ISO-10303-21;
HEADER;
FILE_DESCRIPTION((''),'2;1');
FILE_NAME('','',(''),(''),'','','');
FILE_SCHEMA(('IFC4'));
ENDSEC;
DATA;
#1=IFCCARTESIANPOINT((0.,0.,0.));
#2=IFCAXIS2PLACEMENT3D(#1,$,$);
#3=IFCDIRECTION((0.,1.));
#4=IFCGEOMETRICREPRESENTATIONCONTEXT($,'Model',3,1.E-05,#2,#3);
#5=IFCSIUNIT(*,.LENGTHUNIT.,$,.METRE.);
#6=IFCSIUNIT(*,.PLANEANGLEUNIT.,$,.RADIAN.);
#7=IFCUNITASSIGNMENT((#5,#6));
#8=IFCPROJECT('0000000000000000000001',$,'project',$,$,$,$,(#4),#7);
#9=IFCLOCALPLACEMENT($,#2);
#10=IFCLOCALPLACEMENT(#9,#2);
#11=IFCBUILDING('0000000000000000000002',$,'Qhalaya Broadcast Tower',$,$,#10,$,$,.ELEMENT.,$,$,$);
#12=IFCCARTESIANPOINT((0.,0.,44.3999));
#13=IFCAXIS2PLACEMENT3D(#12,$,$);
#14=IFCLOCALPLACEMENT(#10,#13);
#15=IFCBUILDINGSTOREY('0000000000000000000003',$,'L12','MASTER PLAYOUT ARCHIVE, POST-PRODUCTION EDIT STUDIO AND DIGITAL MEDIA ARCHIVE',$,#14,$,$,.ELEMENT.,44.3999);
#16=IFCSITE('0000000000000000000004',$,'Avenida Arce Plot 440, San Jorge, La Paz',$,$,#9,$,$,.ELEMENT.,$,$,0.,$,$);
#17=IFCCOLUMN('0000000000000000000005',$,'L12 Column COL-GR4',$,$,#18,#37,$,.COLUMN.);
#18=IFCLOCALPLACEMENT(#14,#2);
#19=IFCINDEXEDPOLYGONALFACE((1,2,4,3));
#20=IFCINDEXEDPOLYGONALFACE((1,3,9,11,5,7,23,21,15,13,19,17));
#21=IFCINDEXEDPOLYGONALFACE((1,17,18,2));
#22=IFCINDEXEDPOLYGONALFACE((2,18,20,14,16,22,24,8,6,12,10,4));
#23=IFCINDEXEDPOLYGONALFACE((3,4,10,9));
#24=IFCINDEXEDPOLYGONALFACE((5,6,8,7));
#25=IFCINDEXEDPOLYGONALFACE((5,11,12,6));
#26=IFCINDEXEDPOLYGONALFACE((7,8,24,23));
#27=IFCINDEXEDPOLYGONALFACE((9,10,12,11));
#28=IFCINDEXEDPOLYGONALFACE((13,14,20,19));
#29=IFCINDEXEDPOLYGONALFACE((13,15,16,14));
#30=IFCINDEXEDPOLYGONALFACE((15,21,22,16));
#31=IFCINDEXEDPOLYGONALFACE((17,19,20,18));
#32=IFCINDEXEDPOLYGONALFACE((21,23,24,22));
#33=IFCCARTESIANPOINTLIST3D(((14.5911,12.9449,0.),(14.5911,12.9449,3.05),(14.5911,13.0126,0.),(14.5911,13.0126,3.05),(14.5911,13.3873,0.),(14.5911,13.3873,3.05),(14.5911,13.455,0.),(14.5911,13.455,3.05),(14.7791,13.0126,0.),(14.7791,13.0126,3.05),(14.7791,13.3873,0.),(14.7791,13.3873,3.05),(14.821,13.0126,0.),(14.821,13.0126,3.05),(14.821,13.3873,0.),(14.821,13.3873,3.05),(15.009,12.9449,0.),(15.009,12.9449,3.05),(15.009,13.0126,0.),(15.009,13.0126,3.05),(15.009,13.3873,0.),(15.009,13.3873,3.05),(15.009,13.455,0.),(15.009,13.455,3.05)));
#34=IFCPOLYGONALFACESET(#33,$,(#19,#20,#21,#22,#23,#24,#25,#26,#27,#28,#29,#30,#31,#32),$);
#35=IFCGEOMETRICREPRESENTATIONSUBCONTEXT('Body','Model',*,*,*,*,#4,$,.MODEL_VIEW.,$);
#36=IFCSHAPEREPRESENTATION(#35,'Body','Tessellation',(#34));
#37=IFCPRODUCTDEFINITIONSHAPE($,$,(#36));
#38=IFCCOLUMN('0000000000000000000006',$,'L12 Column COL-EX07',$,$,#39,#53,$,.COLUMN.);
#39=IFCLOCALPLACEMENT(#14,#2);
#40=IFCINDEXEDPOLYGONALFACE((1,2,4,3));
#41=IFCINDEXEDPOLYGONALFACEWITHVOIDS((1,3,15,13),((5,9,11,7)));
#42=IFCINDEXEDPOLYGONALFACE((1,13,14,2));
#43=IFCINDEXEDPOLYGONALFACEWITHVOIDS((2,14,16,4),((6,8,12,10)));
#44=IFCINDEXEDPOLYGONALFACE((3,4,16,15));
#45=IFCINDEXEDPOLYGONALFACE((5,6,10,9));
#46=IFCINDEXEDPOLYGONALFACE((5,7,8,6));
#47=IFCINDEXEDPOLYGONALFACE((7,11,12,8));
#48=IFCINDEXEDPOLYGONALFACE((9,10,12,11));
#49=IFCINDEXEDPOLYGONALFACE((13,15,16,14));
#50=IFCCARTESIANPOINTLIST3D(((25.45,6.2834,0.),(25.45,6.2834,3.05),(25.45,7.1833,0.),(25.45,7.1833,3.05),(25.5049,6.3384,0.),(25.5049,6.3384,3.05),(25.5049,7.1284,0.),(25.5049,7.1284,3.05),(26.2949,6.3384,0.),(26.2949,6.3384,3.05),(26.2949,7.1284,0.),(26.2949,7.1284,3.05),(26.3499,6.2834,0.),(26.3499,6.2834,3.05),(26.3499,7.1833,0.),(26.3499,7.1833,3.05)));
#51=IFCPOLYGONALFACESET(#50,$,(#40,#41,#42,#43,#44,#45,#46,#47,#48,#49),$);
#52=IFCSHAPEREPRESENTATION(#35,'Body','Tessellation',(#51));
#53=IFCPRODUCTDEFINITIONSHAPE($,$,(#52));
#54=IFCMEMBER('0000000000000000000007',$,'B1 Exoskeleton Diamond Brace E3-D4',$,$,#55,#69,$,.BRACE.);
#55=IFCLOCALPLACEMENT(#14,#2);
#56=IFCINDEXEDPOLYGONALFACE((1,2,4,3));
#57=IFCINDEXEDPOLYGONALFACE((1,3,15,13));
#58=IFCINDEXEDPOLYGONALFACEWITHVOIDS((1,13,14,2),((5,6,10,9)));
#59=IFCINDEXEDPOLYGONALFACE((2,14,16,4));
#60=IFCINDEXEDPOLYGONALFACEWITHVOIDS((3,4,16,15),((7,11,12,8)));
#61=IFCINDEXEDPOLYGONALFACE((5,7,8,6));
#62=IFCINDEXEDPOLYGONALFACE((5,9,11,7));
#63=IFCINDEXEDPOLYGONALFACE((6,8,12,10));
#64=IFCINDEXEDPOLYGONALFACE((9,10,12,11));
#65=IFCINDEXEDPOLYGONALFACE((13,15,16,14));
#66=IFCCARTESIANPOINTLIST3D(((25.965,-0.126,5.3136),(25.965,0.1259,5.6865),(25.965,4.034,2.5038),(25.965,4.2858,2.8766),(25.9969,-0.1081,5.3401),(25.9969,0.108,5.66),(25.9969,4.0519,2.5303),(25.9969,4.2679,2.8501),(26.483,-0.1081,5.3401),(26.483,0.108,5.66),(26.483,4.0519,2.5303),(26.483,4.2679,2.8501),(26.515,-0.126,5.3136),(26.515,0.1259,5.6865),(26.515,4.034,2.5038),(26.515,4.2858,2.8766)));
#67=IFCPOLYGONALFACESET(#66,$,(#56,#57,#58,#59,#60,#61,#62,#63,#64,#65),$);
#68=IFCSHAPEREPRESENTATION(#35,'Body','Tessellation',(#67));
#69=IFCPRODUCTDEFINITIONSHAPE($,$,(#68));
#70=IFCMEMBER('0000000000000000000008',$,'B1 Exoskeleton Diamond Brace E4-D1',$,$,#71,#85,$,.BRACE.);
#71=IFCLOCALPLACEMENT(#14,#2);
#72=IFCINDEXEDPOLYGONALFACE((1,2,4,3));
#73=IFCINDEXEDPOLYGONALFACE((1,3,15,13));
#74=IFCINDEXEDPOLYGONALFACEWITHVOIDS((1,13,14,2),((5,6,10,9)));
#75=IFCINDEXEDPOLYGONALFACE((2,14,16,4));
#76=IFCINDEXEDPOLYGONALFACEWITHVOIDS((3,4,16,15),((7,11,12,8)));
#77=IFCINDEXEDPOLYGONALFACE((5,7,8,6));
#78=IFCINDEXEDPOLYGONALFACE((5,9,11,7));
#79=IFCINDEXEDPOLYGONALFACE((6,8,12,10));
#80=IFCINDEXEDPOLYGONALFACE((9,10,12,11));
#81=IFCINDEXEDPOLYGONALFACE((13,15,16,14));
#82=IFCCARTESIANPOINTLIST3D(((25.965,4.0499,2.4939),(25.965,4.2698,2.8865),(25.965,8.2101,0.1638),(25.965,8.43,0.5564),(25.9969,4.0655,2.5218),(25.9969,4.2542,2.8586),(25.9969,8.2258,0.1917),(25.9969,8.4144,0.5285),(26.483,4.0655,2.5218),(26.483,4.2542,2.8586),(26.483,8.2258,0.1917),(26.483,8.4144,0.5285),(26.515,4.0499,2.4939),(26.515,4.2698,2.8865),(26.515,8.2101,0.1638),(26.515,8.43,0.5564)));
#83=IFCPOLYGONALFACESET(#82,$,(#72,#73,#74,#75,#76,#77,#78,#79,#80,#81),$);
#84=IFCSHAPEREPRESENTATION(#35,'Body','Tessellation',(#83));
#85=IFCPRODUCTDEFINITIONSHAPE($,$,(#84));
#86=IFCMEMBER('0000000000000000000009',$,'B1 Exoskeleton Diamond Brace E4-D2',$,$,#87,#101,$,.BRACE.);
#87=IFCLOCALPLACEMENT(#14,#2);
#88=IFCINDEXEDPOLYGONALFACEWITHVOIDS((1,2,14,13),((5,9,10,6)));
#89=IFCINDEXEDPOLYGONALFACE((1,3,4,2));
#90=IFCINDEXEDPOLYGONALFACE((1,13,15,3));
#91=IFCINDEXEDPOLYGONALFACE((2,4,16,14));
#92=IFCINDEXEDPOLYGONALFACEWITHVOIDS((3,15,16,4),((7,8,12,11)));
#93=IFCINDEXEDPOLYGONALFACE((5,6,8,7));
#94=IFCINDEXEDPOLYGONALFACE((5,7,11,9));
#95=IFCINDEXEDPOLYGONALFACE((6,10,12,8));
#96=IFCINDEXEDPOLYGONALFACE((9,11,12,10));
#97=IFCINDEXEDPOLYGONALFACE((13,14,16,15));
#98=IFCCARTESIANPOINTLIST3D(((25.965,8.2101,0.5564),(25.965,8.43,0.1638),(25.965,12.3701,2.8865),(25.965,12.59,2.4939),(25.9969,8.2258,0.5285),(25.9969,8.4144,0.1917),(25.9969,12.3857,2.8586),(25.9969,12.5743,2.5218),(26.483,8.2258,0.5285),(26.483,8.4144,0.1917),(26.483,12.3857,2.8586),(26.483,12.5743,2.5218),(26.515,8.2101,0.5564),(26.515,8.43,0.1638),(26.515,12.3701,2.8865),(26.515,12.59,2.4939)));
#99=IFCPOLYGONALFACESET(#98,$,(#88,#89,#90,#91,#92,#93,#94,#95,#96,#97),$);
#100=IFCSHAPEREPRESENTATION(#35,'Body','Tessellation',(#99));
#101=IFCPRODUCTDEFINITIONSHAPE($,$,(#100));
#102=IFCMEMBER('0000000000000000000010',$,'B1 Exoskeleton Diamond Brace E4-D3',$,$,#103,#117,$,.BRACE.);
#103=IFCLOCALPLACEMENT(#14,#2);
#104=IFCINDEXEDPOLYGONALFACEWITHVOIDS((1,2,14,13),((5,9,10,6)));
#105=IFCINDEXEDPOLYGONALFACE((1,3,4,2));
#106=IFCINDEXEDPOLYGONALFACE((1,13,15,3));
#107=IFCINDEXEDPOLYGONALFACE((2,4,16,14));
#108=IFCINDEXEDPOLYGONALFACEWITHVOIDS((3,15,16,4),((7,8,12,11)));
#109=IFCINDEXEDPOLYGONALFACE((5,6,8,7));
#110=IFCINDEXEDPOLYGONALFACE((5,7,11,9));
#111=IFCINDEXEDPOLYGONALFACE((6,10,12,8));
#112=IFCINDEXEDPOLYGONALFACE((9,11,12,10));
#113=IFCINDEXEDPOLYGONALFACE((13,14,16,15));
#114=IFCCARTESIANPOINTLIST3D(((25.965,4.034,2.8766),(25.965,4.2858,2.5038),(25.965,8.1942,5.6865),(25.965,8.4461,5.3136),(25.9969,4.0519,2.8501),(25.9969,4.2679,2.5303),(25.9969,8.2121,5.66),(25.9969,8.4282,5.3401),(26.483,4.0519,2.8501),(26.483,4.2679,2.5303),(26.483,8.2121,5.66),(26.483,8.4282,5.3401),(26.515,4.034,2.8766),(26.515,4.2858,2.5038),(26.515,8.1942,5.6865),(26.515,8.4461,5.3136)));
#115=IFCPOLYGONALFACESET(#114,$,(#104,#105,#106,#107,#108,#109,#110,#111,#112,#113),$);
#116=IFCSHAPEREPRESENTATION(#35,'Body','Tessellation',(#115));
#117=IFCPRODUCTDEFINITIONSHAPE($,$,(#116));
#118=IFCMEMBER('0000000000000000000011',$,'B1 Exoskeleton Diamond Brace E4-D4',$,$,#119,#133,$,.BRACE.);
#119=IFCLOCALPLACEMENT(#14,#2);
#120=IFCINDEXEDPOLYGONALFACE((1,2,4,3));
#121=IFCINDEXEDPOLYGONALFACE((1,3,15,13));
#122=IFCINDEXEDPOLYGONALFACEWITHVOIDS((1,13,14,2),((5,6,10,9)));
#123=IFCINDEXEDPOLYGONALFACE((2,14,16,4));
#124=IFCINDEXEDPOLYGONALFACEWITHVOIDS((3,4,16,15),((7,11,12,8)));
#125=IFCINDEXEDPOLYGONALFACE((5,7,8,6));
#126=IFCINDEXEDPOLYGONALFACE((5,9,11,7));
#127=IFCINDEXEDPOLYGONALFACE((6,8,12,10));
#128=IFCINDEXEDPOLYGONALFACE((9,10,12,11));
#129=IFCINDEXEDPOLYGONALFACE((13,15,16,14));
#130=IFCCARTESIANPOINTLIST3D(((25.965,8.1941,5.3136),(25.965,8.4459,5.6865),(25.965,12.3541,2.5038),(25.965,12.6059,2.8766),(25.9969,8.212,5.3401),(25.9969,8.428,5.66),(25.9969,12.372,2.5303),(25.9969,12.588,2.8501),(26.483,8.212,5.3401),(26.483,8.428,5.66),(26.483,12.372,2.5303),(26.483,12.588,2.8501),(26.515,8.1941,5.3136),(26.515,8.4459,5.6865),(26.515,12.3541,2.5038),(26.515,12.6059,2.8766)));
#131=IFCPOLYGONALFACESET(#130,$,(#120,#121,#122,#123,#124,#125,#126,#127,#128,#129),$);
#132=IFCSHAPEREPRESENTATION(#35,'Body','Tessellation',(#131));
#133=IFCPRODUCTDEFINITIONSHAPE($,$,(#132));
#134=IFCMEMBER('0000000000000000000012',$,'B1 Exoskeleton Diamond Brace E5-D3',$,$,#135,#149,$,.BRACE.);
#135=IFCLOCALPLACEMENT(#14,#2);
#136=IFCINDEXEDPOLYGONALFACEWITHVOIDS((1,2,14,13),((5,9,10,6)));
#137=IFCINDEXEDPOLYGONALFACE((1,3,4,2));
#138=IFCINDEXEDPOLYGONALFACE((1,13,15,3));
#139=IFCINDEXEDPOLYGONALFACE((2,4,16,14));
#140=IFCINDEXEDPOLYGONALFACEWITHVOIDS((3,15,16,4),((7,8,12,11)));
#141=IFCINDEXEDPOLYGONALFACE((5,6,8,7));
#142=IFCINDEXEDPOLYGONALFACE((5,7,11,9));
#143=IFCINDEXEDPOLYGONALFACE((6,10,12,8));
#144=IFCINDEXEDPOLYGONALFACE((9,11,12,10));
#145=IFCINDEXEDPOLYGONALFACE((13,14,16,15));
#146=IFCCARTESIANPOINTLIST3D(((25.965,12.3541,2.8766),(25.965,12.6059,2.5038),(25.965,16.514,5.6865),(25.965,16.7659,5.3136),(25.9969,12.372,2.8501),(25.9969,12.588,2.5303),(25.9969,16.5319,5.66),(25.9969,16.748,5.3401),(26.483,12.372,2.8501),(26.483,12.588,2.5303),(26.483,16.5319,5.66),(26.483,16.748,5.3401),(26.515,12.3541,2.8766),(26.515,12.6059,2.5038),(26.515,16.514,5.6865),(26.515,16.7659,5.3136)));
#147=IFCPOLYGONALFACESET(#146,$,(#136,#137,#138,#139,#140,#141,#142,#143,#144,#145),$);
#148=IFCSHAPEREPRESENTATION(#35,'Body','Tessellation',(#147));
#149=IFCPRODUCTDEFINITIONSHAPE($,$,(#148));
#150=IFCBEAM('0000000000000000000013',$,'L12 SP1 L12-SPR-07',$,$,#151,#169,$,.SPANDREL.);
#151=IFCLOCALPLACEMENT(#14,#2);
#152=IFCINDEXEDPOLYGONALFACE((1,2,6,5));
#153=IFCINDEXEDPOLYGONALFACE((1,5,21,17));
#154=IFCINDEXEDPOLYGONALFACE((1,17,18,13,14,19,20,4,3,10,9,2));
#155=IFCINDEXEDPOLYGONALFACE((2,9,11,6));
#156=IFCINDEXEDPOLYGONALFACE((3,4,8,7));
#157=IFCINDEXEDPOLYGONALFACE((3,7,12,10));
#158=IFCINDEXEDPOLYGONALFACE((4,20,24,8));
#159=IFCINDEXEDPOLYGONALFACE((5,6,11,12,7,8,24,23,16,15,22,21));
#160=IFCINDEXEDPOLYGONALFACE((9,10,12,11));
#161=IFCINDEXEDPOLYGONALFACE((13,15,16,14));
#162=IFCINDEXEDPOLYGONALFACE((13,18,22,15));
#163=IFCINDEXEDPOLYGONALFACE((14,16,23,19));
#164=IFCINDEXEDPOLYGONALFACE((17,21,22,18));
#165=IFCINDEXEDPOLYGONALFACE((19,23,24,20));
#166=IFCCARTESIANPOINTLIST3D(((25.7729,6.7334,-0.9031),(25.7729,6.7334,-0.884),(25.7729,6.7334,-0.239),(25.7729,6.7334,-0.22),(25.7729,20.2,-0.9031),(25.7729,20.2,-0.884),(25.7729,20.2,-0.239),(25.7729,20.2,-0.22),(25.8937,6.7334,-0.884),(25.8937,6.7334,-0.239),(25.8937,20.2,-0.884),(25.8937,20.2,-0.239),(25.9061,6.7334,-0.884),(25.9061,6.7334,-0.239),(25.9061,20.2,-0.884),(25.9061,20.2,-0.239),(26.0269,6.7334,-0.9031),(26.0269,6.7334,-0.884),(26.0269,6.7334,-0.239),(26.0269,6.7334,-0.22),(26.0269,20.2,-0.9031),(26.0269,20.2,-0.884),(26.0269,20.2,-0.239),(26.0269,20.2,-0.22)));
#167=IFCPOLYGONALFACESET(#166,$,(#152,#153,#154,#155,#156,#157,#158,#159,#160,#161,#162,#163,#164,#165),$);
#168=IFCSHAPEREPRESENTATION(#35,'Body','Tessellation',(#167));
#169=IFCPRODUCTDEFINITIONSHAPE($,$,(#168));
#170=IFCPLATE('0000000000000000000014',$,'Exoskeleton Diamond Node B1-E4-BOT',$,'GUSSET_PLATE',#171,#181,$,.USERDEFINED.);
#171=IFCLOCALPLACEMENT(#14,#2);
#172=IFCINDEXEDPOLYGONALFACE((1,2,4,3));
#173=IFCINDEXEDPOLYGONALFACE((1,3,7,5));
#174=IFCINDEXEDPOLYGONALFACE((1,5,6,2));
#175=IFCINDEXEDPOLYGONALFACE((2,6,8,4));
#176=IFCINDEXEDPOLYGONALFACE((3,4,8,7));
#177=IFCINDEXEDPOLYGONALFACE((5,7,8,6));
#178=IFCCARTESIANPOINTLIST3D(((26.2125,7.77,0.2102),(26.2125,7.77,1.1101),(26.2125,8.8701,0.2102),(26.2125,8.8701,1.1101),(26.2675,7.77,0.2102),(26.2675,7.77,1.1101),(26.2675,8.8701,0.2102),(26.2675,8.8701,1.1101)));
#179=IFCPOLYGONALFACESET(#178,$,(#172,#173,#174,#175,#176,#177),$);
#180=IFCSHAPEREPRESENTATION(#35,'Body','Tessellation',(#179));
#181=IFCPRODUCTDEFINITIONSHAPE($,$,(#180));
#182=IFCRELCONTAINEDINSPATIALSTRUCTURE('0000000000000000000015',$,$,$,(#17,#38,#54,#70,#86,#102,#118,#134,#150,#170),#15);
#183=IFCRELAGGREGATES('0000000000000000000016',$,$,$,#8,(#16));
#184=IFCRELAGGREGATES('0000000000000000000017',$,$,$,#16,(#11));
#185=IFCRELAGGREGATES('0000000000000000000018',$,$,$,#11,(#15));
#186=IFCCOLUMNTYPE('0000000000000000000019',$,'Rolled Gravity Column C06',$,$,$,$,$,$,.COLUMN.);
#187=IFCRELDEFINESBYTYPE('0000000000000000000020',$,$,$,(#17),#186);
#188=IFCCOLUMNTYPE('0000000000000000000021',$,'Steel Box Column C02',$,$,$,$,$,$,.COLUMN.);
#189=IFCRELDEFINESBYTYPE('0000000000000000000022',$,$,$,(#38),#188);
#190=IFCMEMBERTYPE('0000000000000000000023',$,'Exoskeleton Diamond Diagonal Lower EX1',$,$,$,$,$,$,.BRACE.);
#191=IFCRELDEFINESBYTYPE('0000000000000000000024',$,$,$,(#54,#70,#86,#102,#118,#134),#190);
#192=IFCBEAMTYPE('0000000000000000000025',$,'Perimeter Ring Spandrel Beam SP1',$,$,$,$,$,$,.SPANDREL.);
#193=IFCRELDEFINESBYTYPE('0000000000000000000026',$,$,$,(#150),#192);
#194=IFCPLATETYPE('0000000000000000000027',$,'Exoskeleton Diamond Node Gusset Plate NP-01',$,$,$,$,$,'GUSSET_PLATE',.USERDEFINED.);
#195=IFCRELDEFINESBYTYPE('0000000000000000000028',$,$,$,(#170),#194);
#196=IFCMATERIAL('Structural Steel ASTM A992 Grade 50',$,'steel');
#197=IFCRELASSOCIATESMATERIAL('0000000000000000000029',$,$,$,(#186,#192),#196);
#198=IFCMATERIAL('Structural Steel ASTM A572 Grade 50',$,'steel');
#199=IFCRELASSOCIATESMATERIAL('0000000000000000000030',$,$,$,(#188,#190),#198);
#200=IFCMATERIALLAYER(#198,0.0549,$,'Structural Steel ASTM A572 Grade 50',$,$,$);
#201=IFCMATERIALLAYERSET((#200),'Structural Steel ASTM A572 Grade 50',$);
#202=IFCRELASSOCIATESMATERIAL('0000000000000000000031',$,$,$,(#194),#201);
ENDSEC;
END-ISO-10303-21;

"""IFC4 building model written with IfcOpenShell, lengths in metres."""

from ifc_helpers import new_model, si_unit, direction, frame, origin, origin_2d, place, context, subcontext, project, spatial, rectangle, hollow_rectangle, i_section, extrude, material, layer, layer_set, material_profile, profile_set, type_object, element, save


model = new_model("IFC4")

# Units and contexts
model_context = context("Model", 3, precision=1e-05, world=origin(), true_north=direction((0.0, 1.0)))
body_context = subcontext(model_context, "Body", "Model", "MODEL_VIEW")
ifc_project = project(units=[si_unit("LENGTHUNIT", "METRE"), si_unit("PLANEANGLEUNIT", "RADIAN")], contexts=[model_context])

# Site, building, storey
site_placement = place(None, origin())
site = spatial("IfcSite", under=ifc_project, at=site_placement, Name="Avenida Arce Plot 440, San Jorge, La Paz", CompositionType="ELEMENT", RefElevation=0.0)
building_placement = place(site_placement, origin())
building = spatial("IfcBuilding", under=site, at=building_placement, Name="Qhalaya Broadcast Tower", CompositionType="ELEMENT")
storey_placement = place(building_placement, frame((0.0, 0.0, 44.3999)))
storey = spatial("IfcBuildingStorey", under=building, at=storey_placement, Name="L12", Description="MASTER PLAYOUT ARCHIVE, POST-PRODUCTION EDIT STUDIO AND DIGITAL MEDIA ARCHIVE", CompositionType="ELEMENT", Elevation=44.3999)

# Columns
ifc_material_1 = material(Name="Structural Steel ASTM A992 Grade 50", Category="steel")
ifc_material_profile_1 = material_profile(ifc_material_1, i_section(OverallWidth=0.418, OverallDepth=0.51, WebThickness=0.042, FlangeThickness=0.0676, at=origin_2d()), Name="W14X370")
ifc_profile_set_1 = profile_set([ifc_material_profile_1], Name="Structural Steel ASTM A992 Grade 50")
column_type_1 = type_object("IfcColumnType", Name="Rolled Gravity Column C06", PredefinedType="COLUMN", material=ifc_profile_set_1)
column_1_placement = place(storey_placement, frame((14.8, 13.2, 0.0), z_axis=(0.0, 0.0, 1.0), x_axis=(1.0, 0.0, 0.0)))
element("IfcColumn", 1, at=column_1_placement, inside=storey, type_object=column_type_1, Name="L12 Column COL-GR4", PredefinedType="COLUMN", context=body_context, shape_type="SweptSolid", body=[
    extrude(i_section(OverallWidth=0.418, OverallDepth=0.51, WebThickness=0.042, FlangeThickness=0.0676, at=origin_2d()), origin(), (0.0, 0.0, 1.0), 3.05),
])
ifc_material_2 = material(Name="Structural Steel ASTM A572 Grade 50", Category="steel")
ifc_material_profile_2 = material_profile(ifc_material_2, hollow_rectangle(XDim=0.8999, YDim=0.8999, WallThickness=0.0549, at=origin_2d()), Name="BOX 900x900x55")
ifc_profile_set_2 = profile_set([ifc_material_profile_2], Name="Structural Steel ASTM A572 Grade 50")
column_type_2 = type_object("IfcColumnType", Name="Steel Box Column C02", PredefinedType="COLUMN", material=ifc_profile_set_2)
column_2_placement = place(storey_placement, frame((25.8999, 6.7334, 0.0), z_axis=(0.0, 0.0, 1.0), x_axis=(0.0, 1.0, 0.0)))
element("IfcColumn", 2, at=column_2_placement, inside=storey, type_object=column_type_2, Name="L12 Column COL-EX07", PredefinedType="COLUMN", context=body_context, shape_type="SweptSolid", body=[
    extrude(hollow_rectangle(XDim=0.8999, YDim=0.8999, WallThickness=0.0549, at=origin_2d()), origin(), (0.0, 0.0, 1.0), 3.05),
])

# Members
ifc_material_profile_3 = material_profile(ifc_material_2, hollow_rectangle(XDim=0.45, YDim=0.55, WallThickness=0.032, at=origin_2d()), Name="BOX 450x550x32")
ifc_profile_set_3 = profile_set([ifc_material_profile_3], Name="Structural Steel ASTM A572 Grade 50")
member_type = type_object("IfcMemberType", Name="Exoskeleton Diamond Diagonal Lower EX1", PredefinedType="BRACE", material=ifc_profile_set_3)
member_1_placement = place(storey_placement, frame((26.24, 4.1599, 2.6902), z_axis=(0.0, -0.828676, 0.559729), x_axis=(0.0, 0.559729, 0.828676)))
element("IfcMember", 3, at=member_1_placement, inside=storey, type_object=member_type, Name="B1 Exoskeleton Diamond Brace E3-D4", PredefinedType="BRACE", context=body_context, shape_type="SweptSolid", body=[
    extrude(hollow_rectangle(XDim=0.45, YDim=0.55, WallThickness=0.032, at=origin_2d()), origin(), (0.0, 0.0, 1.0), 5.02),
])
member_2_placement = place(storey_placement, frame((26.24, 8.3201, 0.3601), z_axis=(0.0, -0.872471, 0.488666), x_axis=(0.0, 0.488666, 0.872471)))
element("IfcMember", 4, at=member_2_placement, inside=storey, type_object=member_type, Name="B1 Exoskeleton Diamond Brace E4-D1", PredefinedType="BRACE", context=body_context, shape_type="SweptSolid", body=[
    extrude(hollow_rectangle(XDim=0.45, YDim=0.55, WallThickness=0.032, at=origin_2d()), origin(), (0.0, 0.0, 1.0), 4.7683),
])
member_3_placement = place(storey_placement, frame((26.24, 8.3201, 0.3601), z_axis=(0.0, 0.872459, 0.488688), x_axis=(0.0, -0.488688, 0.872459)))
element("IfcMember", 5, at=member_3_placement, inside=storey, type_object=member_type, Name="B1 Exoskeleton Diamond Brace E4-D2", PredefinedType="BRACE", context=body_context, shape_type="SweptSolid", body=[
    extrude(hollow_rectangle(XDim=0.45, YDim=0.55, WallThickness=0.032, at=origin_2d()), origin(), (0.0, 0.0, 1.0), 4.7681),
])
member_4_placement = place(storey_placement, frame((26.24, 4.1599, 2.6902), z_axis=(0.0, 0.828691, 0.559707), x_axis=(0.0, -0.559707, 0.828691)))
element("IfcMember", 6, at=member_4_placement, inside=storey, type_object=member_type, Name="B1 Exoskeleton Diamond Brace E4-D3", PredefinedType="BRACE", context=body_context, shape_type="SweptSolid", body=[
    extrude(hollow_rectangle(XDim=0.45, YDim=0.55, WallThickness=0.032, at=origin_2d()), origin(), (0.0, 0.0, 1.0), 5.0203),
])
for number, where, z_axis, x_axis, name in (
    (7, (26.24, 12.48, 2.6902), (0.0, -0.828676, 0.559729), (0.0, 0.559729, 0.828676), "B1 Exoskeleton Diamond Brace E4-D4"),
    (8, (26.24, 12.48, 2.6902), (0.0, 0.828676, 0.559729), (0.0, -0.559729, 0.828676), "B1 Exoskeleton Diamond Brace E5-D3"),
):
    element("IfcMember", number, at=place(storey_placement, frame(where, z_axis=z_axis, x_axis=x_axis)), inside=storey, type_object=member_type, Name=name, PredefinedType="BRACE", context=body_context, shape_type="SweptSolid", body=[
        extrude(hollow_rectangle(XDim=0.45, YDim=0.55, WallThickness=0.032, at=origin_2d()), origin(), (0.0, 0.0, 1.0), 5.02),
    ])

# Beam
ifc_material_profile_4 = material_profile(ifc_material_1, i_section(OverallWidth=0.2539, OverallDepth=0.6831, WebThickness=0.0125, FlangeThickness=0.019, at=origin_2d()), Name="W27X94")
ifc_profile_set_4 = profile_set([ifc_material_profile_4], Name="Structural Steel ASTM A992 Grade 50")
beam_type = type_object("IfcBeamType", Name="Perimeter Ring Spandrel Beam SP1", PredefinedType="SPANDREL", material=ifc_profile_set_4)
beam_placement = place(storey_placement, frame((25.8999, 6.7334, -0.5615), z_axis=(0.0, 1.0, 0.0), x_axis=(-1.0, 0.0, 0.0)))
element("IfcBeam", 9, at=beam_placement, inside=storey, type_object=beam_type, Name="L12 SP1 L12-SPR-07", PredefinedType="SPANDREL", context=body_context, shape_type="SweptSolid", body=[
    extrude(i_section(OverallWidth=0.2539, OverallDepth=0.6831, WebThickness=0.0125, FlangeThickness=0.019, at=origin_2d()), origin(), (0.0, 0.0, 1.0), 13.4666),
])

# Plate
ifc_layer_1 = layer(ifc_material_2, 0.0549, Name="Structural Steel ASTM A572 Grade 50")
ifc_layer_set_1 = layer_set([ifc_layer_1], Name="Structural Steel ASTM A572 Grade 50")
plate_type_1 = type_object("IfcPlateType", Name="Exoskeleton Diamond Node Gusset Plate NP-01", ElementType="GUSSET_PLATE", PredefinedType="USERDEFINED", material=ifc_layer_set_1)
for number, where, z_axis, x_axis, name in (
    (10, (26.24, 8.3201, 0.2102), (0.0, 0.0, 1.0), (0.0, 1.0, 0.0), "Exoskeleton Diamond Node B1-E4-BOT"),
):
    element("IfcPlate", number, at=place(storey_placement, frame(where, z_axis=z_axis, x_axis=x_axis)), inside=storey, type_object=plate_type_1, Name=name, ObjectType="GUSSET_PLATE", PredefinedType="USERDEFINED", context=body_context, shape_type="SweptSolid", body=[
        extrude(rectangle(XDim=1.1001, YDim=0.0549, at=origin_2d()), origin(), (0.0, 0.0, 1.0), 0.8999),
    ])

save(model, "model.ifc")
